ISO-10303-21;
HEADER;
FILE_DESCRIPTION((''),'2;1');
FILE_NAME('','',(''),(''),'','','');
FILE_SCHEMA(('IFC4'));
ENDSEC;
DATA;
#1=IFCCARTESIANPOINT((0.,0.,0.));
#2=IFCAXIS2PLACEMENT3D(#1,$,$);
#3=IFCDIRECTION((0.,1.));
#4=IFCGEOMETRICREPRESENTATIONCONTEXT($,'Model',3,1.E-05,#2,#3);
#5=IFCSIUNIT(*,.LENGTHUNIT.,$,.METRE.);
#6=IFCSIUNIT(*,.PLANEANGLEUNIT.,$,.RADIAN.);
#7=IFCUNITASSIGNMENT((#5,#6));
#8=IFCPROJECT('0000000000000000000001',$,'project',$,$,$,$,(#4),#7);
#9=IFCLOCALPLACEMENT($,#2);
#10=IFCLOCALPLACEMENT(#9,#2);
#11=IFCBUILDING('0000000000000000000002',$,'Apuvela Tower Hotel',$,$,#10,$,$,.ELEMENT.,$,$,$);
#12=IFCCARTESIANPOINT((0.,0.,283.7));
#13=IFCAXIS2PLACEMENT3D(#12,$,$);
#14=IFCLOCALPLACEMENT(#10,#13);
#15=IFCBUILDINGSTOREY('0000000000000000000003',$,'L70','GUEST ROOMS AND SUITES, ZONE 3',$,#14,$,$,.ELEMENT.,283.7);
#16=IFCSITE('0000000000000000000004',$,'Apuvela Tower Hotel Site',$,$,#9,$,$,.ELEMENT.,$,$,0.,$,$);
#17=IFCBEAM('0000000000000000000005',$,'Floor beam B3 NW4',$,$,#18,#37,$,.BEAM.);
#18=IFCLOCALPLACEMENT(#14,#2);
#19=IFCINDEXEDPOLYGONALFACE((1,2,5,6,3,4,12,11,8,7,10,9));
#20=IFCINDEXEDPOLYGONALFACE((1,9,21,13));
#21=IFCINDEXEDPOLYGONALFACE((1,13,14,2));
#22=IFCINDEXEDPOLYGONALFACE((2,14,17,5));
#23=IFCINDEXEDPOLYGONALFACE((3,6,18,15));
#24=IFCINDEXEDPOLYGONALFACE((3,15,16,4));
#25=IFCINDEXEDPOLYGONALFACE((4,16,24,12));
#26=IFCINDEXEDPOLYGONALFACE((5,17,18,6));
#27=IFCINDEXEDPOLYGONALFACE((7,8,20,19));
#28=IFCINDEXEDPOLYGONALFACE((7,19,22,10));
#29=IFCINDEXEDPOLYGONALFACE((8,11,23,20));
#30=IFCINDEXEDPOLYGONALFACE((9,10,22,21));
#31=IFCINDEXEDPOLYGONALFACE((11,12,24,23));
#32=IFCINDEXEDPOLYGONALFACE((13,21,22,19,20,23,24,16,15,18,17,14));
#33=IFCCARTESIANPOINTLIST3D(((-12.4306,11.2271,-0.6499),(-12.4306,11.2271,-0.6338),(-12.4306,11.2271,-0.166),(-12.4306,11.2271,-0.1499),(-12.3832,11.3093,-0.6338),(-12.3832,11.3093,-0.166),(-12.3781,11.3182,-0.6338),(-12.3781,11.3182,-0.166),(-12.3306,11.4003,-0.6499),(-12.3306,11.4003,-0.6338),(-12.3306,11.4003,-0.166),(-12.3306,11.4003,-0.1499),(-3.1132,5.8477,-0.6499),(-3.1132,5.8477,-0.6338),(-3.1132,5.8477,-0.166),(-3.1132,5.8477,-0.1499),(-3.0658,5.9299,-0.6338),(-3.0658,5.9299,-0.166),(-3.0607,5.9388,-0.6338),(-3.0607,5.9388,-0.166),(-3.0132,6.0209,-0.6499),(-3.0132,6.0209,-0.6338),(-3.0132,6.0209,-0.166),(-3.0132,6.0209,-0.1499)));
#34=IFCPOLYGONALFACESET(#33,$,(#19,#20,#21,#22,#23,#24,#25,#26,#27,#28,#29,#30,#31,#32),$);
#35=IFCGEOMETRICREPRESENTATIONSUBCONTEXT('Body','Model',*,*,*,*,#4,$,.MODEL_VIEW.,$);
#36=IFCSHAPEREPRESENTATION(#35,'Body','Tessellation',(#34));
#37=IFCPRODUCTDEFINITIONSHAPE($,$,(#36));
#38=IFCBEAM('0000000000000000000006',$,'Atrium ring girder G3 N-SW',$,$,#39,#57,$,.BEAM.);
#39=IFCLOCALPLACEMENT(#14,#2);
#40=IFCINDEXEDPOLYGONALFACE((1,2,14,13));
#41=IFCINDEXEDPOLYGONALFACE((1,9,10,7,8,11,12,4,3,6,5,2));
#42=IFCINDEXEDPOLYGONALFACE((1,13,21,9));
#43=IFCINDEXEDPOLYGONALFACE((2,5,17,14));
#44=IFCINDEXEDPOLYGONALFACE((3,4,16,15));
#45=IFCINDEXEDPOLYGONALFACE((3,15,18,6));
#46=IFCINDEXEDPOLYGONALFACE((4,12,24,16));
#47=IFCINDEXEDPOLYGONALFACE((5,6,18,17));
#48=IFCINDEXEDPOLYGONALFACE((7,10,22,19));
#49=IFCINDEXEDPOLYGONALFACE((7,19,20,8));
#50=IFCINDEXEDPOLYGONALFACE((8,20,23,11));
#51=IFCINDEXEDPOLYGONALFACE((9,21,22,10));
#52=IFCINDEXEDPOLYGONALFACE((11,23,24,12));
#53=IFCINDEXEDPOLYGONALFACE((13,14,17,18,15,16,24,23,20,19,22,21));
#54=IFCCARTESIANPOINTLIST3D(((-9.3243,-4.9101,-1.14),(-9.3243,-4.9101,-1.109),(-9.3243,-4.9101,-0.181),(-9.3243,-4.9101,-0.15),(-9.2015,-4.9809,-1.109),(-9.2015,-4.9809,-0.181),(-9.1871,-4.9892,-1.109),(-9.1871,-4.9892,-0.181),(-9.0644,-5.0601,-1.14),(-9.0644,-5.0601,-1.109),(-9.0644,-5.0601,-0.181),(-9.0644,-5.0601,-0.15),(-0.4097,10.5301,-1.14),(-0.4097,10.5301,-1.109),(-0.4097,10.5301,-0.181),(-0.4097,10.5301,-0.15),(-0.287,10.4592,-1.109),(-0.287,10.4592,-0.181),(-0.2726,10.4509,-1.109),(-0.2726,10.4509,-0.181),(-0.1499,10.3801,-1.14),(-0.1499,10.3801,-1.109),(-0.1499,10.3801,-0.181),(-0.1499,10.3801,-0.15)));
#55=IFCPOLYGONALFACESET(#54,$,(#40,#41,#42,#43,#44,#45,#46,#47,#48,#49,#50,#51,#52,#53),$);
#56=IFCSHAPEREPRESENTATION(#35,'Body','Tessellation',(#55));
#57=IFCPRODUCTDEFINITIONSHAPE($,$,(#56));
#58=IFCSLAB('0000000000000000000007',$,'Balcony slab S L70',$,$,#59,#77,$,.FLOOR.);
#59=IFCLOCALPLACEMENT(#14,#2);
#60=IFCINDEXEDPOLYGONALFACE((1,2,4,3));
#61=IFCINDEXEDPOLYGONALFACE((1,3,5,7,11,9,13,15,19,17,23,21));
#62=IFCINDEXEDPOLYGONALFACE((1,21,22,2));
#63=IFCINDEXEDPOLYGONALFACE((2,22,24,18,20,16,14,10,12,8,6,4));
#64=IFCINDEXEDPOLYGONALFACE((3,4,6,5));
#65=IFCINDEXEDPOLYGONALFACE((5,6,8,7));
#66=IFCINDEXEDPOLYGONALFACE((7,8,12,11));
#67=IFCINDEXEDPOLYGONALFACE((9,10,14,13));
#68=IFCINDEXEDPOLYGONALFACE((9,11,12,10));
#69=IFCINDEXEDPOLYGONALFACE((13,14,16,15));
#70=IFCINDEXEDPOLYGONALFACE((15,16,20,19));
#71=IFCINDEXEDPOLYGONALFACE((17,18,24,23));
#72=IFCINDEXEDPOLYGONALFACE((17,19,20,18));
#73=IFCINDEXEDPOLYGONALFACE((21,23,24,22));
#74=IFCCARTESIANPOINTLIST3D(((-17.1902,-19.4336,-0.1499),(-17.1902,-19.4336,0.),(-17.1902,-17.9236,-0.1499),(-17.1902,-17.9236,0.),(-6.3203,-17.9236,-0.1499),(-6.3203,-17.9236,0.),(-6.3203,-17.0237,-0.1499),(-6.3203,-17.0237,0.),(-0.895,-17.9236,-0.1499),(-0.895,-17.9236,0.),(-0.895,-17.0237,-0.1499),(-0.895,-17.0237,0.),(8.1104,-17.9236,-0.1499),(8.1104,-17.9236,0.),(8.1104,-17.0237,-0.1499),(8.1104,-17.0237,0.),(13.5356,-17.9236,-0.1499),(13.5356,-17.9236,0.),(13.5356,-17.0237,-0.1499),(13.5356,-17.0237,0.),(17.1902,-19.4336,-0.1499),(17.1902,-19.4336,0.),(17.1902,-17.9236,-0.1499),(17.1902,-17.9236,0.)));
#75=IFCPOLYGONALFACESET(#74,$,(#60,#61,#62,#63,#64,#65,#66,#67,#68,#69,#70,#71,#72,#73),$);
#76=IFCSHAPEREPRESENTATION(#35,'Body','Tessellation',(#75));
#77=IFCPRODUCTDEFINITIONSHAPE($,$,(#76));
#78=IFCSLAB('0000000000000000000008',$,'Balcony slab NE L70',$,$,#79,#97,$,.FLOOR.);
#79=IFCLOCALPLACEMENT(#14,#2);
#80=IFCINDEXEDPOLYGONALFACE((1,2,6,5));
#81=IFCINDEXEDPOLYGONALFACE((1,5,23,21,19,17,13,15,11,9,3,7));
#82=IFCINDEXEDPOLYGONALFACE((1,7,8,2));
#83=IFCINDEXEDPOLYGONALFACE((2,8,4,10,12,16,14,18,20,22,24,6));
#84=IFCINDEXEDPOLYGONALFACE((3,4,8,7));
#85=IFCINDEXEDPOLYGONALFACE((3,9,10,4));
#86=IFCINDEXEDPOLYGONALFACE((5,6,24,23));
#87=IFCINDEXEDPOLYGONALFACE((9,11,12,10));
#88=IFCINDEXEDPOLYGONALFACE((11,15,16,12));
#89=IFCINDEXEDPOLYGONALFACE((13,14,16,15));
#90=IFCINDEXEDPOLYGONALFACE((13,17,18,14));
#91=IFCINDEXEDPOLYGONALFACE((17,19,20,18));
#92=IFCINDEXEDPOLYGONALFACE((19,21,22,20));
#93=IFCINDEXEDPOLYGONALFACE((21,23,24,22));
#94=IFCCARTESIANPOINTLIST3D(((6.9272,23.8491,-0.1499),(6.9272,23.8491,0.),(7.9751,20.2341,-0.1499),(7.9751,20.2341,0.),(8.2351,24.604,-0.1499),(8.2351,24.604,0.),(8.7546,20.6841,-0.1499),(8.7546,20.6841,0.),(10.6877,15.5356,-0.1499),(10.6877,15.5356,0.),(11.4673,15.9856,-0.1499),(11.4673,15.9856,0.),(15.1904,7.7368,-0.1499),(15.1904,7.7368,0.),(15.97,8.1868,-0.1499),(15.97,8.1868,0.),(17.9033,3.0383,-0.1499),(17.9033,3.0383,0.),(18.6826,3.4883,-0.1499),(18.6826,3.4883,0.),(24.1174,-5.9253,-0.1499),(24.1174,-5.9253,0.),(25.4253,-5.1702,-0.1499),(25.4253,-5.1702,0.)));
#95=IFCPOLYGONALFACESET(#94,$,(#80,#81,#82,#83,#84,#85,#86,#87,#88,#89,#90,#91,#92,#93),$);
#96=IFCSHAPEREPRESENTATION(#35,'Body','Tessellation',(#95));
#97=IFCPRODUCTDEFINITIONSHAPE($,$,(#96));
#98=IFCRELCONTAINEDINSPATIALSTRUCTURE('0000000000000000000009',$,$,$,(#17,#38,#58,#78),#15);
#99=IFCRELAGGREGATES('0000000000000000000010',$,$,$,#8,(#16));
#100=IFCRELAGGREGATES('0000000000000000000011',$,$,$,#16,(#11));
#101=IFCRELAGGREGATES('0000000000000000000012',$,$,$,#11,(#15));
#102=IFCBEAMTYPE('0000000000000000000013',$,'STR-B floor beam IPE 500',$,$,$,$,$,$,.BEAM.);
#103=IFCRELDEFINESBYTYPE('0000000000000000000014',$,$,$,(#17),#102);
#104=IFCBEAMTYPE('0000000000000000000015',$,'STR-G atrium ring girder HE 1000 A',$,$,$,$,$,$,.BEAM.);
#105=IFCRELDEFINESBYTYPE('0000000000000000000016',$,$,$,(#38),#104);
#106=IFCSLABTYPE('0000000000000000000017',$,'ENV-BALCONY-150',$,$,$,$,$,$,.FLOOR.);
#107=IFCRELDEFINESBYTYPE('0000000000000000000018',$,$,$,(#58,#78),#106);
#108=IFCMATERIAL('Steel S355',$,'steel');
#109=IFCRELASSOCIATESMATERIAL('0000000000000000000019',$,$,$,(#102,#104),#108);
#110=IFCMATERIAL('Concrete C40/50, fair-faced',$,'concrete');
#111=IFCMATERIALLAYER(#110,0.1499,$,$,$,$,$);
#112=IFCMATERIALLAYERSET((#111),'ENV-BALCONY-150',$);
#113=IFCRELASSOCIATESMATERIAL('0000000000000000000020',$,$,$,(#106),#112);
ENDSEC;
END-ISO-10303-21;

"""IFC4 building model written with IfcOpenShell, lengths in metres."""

from ifc_helpers import new_model, si_unit, direction, frame, origin, origin_2d, place, context, subcontext, project, spatial, polyline, i_section, outline, extrude, material, layer, layer_set, material_profile, profile_set, type_object, element, save


model = new_model("IFC4")

# Units and contexts
model_context = context("Model", 3, precision=1e-05, world=origin(), true_north=direction((0.0, 1.0)))
body_context = subcontext(model_context, "Body", "Model", "MODEL_VIEW")
ifc_project = project(units=[si_unit("LENGTHUNIT", "METRE"), si_unit("PLANEANGLEUNIT", "RADIAN")], contexts=[model_context])

# Site, building, storey
site_placement = place(None, origin())
site = spatial("IfcSite", under=ifc_project, at=site_placement, Name="Apuvela Tower Hotel Site", CompositionType="ELEMENT", RefElevation=0.0)
building_placement = place(site_placement, origin())
building = spatial("IfcBuilding", under=site, at=building_placement, Name="Apuvela Tower Hotel", CompositionType="ELEMENT")
storey_placement = place(building_placement, frame((0.0, 0.0, 283.7)))
storey = spatial("IfcBuildingStorey", under=building, at=storey_placement, Name="L70", Description="GUEST ROOMS AND SUITES, ZONE 3", CompositionType="ELEMENT", Elevation=283.7)

# Beams
ifc_material_1 = material(Name="Steel S355", Category="steel")
ifc_material_profile_1 = material_profile(ifc_material_1, i_section(OverallWidth=0.2, OverallDepth=0.5, WebThickness=0.0103, FlangeThickness=0.0161, at=origin_2d()), Name="IPE 500")
ifc_profile_set_1 = profile_set([ifc_material_profile_1], Name="Steel S355")
beam_type_1 = type_object("IfcBeamType", Name="STR-B floor beam IPE 500", PredefinedType="BEAM", material=ifc_profile_set_1)
beam_1_placement = place(storey_placement, frame((-12.3806, 11.3137, -0.3999), z_axis=(0.866025, -0.5, 0.0), x_axis=(0.5, 0.866025, 0.0)))
element("IfcBeam", 1, at=beam_1_placement, inside=storey, type_object=beam_type_1, Name="Floor beam B3 NW4", PredefinedType="BEAM", context=body_context, shape_type="SweptSolid", body=[
    extrude(i_section(OverallWidth=0.2, OverallDepth=0.5, WebThickness=0.0103, FlangeThickness=0.0161, at=origin_2d()), origin(), (0.0, 0.0, 1.0), 10.7588),
])
ifc_material_profile_2 = material_profile(ifc_material_1, i_section(OverallWidth=0.3, OverallDepth=0.99, WebThickness=0.0166, FlangeThickness=0.031, at=origin_2d()), Name="HE 1000 A")
ifc_profile_set_2 = profile_set([ifc_material_profile_2], Name="Steel S355")
beam_type_2 = type_object("IfcBeamType", Name="STR-G atrium ring girder HE 1000 A", PredefinedType="BEAM", material=ifc_profile_set_2)
beam_2_placement = place(storey_placement, frame((-0.2798, 10.4551, -0.645), z_axis=(-0.500007, -0.866022, 0.0), x_axis=(0.866022, -0.500007, 0.0)))
element("IfcBeam", 2, at=beam_2_placement, inside=storey, type_object=beam_type_2, Name="Atrium ring girder G3 N-SW", PredefinedType="BEAM", context=body_context, shape_type="SweptSolid", body=[
    extrude(i_section(OverallWidth=0.3, OverallDepth=0.99, WebThickness=0.0166, FlangeThickness=0.031, at=origin_2d()), origin(), (0.0, 0.0, 1.0), 17.8289),
])

# Slabs
ifc_material_2 = material(Name="Concrete C40/50, fair-faced", Category="concrete")
ifc_layer_1 = layer(ifc_material_2, 0.1499)
ifc_layer_set_1 = layer_set([ifc_layer_1], Name="ENV-BALCONY-150")
slab_type_1 = type_object("IfcSlabType", Name="ENV-BALCONY-150", PredefinedType="FLOOR", material=ifc_layer_set_1)
slab_1_placement = place(storey_placement, frame((0.0, 0.0, -0.1499)))
element("IfcSlab", 3, at=slab_1_placement, inside=storey, type_object=slab_type_1, Name="Balcony slab S L70", PredefinedType="FLOOR", context=body_context, shape_type="SweptSolid", body=[
    extrude(outline(polyline([(17.1902, -19.4336), (-17.1902, -19.4336), (-17.1902, -17.9236), (-6.3203, -17.9236), (-6.3203, -17.0237), (-0.895, -17.0237), (-0.895, -17.9236), (8.1104, -17.9236), (8.1104, -17.0237), (13.5356, -17.0237), (13.5356, -17.9236), (17.1902, -17.9236), (17.1902, -19.4336)])), origin(), (0.0, 0.0, 1.0), 0.1499),
])
slab_2_placement = place(storey_placement, frame((0.0, 0.0, -0.1499)))
element("IfcSlab", 4, at=slab_2_placement, inside=storey, type_object=slab_type_1, Name="Balcony slab NE L70", PredefinedType="FLOOR", context=body_context, shape_type="SweptSolid", body=[
    extrude(outline(polyline([(15.97, 8.1868), (11.4673, 15.9856), (10.6877, 15.5356), (7.9751, 20.2341), (8.7546, 20.6841), (6.9272, 23.8491), (8.2351, 24.604), (25.4253, -5.1702), (24.1174, -5.9253), (18.6826, 3.4883), (17.9033, 3.0383), (15.1904, 7.7368), (15.97, 8.1868)])), origin(), (0.0, 0.0, 1.0), 0.1499),
])

save(model, "model.ifc")
